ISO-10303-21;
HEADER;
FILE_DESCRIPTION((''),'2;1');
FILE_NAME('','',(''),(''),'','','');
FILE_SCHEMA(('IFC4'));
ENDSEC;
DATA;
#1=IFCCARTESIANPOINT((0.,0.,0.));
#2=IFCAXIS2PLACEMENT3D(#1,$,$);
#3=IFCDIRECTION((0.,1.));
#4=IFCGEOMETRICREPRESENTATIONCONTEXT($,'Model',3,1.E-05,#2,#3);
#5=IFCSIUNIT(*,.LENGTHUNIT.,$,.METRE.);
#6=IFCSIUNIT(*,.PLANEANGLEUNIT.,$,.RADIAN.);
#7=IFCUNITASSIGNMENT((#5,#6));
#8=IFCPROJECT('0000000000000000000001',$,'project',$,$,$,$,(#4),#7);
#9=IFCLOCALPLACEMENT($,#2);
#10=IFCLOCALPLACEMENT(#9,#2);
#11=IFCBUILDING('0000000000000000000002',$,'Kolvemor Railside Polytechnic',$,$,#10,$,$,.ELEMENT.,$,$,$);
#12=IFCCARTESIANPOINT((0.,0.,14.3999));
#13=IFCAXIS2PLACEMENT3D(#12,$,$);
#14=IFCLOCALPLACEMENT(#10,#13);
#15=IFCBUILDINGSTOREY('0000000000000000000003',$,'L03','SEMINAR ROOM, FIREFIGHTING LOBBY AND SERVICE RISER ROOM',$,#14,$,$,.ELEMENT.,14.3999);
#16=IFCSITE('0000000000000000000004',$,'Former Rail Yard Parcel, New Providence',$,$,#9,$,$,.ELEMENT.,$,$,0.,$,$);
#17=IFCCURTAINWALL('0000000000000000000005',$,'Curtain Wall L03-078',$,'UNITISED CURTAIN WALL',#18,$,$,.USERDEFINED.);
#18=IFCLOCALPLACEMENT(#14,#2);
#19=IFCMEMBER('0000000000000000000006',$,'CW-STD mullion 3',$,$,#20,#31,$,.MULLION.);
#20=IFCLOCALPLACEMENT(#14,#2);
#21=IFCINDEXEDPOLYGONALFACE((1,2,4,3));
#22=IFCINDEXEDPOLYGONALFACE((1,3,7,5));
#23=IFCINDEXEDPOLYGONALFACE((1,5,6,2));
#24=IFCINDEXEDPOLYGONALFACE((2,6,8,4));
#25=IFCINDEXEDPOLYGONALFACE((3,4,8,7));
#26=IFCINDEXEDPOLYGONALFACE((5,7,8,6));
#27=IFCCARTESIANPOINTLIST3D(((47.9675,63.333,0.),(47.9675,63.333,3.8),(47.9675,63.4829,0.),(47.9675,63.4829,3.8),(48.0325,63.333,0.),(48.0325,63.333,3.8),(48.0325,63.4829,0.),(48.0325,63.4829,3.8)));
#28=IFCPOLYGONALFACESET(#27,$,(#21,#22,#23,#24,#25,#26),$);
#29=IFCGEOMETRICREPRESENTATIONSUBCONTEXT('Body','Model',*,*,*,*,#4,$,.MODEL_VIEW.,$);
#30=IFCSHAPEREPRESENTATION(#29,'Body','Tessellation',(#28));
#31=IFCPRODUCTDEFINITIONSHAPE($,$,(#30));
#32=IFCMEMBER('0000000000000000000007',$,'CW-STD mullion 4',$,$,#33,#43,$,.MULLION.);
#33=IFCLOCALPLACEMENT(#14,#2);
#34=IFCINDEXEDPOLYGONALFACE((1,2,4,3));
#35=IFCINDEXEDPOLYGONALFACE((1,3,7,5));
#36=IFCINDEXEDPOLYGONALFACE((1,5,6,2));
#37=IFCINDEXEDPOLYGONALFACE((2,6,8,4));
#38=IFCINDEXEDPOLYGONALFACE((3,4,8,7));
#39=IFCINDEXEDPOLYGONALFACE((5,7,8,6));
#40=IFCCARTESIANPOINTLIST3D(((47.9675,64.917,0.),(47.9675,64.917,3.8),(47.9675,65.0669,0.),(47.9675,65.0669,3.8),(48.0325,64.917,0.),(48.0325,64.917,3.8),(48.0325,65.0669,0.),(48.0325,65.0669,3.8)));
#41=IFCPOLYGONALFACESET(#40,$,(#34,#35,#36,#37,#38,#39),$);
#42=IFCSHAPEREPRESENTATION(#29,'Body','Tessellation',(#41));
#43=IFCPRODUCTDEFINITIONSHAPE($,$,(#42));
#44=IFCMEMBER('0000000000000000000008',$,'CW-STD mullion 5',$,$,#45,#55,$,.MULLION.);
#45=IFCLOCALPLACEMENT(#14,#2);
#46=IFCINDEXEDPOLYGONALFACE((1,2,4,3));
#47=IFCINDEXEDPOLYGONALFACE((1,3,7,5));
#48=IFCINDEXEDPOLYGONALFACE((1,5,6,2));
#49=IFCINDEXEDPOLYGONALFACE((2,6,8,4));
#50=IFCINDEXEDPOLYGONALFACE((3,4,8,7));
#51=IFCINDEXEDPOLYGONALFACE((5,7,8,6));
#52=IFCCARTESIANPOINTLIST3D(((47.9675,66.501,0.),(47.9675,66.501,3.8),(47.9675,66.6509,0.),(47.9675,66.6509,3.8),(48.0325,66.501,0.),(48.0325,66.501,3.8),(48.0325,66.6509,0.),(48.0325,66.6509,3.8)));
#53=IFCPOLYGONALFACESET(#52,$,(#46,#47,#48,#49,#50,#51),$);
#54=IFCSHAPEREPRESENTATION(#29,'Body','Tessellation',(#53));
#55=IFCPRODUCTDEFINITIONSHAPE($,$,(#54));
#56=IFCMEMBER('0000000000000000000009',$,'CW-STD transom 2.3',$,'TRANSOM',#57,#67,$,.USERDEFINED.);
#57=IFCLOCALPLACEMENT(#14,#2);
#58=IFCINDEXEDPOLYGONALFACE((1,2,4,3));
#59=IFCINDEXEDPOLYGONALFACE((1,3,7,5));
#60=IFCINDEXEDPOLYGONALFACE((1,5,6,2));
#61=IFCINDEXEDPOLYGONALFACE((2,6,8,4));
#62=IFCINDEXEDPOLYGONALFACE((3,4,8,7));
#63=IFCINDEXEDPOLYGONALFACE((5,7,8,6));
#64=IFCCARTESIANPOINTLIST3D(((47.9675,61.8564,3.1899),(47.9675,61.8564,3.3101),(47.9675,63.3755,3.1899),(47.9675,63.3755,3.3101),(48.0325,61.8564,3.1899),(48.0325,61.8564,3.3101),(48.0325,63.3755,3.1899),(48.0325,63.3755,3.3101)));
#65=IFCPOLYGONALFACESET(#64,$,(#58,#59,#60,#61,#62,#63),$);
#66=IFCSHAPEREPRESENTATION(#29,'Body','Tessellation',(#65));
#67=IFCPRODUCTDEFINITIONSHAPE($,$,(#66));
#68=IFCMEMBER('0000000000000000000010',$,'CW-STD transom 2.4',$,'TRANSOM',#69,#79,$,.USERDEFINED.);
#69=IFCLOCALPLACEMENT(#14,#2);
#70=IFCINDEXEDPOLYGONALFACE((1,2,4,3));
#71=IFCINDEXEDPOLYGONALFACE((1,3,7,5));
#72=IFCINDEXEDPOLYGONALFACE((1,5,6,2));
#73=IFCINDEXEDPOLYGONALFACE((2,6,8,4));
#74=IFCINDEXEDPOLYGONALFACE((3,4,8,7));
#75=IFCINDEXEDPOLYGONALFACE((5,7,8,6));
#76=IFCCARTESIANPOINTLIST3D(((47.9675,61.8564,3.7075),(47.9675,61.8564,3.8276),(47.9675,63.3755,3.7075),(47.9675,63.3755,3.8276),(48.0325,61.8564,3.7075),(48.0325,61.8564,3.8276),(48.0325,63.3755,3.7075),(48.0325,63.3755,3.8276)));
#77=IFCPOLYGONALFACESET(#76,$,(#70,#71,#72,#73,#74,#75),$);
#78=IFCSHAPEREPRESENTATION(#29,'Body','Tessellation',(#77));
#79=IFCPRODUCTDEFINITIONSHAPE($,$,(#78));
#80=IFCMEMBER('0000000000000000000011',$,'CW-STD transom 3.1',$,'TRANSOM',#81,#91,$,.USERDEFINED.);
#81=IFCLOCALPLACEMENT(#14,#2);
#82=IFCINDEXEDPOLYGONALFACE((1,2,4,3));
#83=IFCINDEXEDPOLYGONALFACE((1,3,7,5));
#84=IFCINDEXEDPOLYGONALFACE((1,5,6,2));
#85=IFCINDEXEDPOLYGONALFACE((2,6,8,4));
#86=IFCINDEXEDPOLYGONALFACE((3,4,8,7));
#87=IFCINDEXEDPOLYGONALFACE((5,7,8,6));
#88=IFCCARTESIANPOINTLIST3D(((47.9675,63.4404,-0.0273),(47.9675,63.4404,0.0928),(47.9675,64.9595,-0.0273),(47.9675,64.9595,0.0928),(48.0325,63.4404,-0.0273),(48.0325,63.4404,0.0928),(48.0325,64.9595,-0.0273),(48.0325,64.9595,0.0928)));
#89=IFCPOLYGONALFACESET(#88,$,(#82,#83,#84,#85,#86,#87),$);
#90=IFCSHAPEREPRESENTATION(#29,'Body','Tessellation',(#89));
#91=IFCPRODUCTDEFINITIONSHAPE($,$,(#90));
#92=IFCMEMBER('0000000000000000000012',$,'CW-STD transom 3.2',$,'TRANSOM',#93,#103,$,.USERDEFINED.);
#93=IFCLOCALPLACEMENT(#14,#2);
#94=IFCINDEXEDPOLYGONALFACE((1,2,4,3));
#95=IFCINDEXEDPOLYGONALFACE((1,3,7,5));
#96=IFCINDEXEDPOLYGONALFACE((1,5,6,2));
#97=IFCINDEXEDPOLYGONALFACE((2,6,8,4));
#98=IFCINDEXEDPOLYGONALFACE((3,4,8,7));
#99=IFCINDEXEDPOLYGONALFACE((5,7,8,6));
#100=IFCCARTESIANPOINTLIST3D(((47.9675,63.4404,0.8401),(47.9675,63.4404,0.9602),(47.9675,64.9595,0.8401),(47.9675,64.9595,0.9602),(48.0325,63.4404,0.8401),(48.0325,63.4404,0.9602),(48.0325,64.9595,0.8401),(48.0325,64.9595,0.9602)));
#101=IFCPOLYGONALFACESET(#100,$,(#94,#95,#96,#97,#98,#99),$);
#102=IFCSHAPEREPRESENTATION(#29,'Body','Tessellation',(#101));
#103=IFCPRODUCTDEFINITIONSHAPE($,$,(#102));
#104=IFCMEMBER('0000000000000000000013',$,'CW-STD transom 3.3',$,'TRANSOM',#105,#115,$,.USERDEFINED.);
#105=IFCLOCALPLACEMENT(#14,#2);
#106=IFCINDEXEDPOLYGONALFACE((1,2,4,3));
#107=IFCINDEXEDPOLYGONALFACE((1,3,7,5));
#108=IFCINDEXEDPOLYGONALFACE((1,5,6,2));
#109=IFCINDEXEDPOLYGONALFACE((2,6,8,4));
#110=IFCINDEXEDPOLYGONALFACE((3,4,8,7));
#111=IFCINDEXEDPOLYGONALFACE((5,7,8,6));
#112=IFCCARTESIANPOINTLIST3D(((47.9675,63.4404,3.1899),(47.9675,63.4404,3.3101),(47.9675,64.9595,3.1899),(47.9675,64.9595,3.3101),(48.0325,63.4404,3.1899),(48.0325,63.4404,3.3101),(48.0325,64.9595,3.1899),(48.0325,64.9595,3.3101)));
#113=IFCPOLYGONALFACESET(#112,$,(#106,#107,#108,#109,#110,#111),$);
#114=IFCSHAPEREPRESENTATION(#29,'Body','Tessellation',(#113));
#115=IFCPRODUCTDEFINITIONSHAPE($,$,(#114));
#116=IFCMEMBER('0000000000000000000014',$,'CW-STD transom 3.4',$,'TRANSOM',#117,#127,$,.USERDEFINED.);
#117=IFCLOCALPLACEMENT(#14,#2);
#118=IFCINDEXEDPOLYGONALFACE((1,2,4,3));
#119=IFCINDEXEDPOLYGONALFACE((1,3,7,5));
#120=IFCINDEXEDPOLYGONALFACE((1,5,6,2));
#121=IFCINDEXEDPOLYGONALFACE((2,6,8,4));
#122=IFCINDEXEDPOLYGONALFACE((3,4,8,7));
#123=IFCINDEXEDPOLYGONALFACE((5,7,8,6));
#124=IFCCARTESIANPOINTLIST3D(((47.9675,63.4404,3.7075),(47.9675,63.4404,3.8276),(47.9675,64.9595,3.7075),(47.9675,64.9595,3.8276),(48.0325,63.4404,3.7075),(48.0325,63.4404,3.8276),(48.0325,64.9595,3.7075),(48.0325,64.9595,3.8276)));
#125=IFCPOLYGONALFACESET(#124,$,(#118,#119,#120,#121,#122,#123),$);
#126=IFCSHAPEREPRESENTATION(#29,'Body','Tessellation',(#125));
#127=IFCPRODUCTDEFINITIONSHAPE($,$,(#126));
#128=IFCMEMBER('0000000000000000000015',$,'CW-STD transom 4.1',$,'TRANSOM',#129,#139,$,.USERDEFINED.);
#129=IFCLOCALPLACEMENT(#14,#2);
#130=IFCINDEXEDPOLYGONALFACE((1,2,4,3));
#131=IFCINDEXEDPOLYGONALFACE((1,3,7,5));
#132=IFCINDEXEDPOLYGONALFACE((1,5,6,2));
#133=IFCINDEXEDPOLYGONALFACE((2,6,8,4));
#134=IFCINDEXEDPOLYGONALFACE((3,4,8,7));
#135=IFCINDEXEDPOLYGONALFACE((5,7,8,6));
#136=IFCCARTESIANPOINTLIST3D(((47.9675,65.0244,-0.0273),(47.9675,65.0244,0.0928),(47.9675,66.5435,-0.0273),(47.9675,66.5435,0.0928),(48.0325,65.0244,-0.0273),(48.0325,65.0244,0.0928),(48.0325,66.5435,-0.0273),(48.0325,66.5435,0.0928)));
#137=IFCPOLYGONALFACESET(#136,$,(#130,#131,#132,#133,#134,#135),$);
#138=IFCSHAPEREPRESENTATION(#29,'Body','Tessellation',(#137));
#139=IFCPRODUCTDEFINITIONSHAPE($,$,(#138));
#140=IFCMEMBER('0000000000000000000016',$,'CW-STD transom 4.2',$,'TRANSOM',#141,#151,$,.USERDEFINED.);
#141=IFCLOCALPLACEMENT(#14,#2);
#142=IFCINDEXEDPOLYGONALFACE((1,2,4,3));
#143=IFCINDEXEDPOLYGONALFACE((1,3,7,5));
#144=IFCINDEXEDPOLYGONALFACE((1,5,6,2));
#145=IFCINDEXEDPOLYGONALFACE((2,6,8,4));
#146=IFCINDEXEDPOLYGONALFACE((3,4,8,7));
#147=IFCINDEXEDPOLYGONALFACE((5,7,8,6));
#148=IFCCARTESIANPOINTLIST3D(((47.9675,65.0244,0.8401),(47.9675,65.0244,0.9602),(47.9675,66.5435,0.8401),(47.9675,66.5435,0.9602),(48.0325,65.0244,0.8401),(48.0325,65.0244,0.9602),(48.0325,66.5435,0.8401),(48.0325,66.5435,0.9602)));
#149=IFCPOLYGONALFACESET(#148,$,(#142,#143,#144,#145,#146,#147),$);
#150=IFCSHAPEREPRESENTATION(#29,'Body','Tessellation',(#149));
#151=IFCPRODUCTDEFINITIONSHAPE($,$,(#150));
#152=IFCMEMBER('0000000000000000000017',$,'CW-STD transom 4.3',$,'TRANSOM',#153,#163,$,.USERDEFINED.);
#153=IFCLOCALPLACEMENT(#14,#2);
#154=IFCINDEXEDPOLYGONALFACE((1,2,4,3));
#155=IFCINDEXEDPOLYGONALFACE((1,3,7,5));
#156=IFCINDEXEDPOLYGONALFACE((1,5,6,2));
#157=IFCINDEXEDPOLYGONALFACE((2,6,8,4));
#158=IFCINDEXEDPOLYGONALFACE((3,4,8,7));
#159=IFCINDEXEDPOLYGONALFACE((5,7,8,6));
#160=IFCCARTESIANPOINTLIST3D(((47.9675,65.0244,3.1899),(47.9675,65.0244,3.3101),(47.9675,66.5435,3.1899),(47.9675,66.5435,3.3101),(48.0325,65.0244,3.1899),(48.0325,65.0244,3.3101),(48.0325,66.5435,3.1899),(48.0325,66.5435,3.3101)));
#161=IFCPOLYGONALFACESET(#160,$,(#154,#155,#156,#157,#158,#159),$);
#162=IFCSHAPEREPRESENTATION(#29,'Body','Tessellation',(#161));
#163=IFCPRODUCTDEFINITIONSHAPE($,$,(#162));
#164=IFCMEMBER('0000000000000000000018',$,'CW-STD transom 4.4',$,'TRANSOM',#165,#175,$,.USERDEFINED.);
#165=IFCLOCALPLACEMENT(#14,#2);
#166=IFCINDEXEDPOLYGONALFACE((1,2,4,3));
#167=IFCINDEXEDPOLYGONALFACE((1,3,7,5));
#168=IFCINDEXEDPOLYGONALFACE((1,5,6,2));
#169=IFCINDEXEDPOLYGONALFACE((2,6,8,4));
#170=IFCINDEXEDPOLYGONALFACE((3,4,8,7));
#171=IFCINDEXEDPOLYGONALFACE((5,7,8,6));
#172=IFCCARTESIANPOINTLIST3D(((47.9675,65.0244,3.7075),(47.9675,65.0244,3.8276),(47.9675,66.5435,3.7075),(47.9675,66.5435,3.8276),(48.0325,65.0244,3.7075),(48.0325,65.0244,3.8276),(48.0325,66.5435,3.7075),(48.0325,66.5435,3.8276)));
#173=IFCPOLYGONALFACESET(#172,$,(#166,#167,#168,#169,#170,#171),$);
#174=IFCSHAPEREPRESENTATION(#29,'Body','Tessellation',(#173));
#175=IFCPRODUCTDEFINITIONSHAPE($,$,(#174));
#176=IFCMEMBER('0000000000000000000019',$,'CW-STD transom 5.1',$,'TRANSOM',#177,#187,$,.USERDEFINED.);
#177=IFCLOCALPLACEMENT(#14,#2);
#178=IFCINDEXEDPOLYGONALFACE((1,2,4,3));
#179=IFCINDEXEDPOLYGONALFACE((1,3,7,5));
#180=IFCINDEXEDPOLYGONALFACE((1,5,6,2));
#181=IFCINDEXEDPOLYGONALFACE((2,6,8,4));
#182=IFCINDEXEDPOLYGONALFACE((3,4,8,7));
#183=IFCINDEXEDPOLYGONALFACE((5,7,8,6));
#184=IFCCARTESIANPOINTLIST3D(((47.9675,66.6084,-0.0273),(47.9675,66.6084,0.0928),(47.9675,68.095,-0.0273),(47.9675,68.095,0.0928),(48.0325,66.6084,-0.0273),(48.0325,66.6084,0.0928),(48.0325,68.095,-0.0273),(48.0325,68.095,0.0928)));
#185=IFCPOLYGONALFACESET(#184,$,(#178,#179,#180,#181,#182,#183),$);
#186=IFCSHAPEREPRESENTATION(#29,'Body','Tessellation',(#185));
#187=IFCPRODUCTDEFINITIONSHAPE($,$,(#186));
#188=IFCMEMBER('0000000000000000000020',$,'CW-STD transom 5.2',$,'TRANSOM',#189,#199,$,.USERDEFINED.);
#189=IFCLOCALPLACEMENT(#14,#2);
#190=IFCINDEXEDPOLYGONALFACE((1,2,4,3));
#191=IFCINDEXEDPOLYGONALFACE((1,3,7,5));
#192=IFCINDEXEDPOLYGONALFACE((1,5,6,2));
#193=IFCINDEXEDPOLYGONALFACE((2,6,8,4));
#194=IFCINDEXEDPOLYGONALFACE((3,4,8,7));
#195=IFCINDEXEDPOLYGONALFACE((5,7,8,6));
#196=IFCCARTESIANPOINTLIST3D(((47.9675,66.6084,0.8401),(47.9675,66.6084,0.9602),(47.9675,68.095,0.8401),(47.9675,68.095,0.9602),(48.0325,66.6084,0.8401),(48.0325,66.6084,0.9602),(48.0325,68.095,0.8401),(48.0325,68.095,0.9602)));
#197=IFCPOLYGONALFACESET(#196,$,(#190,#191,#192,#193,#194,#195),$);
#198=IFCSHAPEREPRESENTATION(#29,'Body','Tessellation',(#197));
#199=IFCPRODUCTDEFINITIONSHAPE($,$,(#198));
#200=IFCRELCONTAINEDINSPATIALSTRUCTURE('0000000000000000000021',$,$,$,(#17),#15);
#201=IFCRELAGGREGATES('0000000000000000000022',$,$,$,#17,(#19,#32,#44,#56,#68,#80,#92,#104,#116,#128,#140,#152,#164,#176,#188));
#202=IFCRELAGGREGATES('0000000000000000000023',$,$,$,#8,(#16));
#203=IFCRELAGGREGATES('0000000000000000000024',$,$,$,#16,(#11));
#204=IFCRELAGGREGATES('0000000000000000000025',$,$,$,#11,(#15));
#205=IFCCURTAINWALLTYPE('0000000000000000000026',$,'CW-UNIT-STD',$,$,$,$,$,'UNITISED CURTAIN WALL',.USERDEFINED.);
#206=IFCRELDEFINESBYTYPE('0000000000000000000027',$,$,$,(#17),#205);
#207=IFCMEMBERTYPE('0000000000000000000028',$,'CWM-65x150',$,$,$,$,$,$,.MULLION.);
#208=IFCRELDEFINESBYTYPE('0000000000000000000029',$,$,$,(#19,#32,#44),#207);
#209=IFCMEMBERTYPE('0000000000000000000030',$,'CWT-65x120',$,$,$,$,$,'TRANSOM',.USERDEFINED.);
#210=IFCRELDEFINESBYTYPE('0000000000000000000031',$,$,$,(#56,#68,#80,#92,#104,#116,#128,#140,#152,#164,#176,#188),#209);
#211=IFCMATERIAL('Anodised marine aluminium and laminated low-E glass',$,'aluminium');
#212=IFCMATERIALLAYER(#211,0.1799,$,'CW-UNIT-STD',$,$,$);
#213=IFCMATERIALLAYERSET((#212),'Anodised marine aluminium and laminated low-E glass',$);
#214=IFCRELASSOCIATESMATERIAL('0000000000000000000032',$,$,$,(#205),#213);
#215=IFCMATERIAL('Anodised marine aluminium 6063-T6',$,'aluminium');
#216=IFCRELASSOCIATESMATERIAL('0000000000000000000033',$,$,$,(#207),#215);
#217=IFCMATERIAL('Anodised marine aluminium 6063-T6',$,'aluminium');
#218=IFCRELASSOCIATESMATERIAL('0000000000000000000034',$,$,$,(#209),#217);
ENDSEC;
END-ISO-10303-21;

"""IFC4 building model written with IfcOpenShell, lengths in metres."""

from ifc_helpers import new_model, si_unit, direction, frame, origin, origin_2d, place, context, subcontext, project, spatial, rectangle, extrude, material, layer, layer_set, material_profile, profile_set, type_object, element, aggregate, save


model = new_model("IFC4")

# Units and contexts
model_context = context("Model", 3, precision=1e-05, world=origin(), true_north=direction((0.0, 1.0)))
body_context = subcontext(model_context, "Body", "Model", "MODEL_VIEW")
ifc_project = project(units=[si_unit("LENGTHUNIT", "METRE"), si_unit("PLANEANGLEUNIT", "RADIAN")], contexts=[model_context])

# Site, building, storey
site_placement = place(None, origin())
site = spatial("IfcSite", under=ifc_project, at=site_placement, Name="Former Rail Yard Parcel, New Providence", CompositionType="ELEMENT", RefElevation=0.0)
building_placement = place(site_placement, origin())
building = spatial("IfcBuilding", under=site, at=building_placement, Name="Kolvemor Railside Polytechnic", CompositionType="ELEMENT")
storey_placement = place(building_placement, frame((0.0, 0.0, 14.3999)))
storey = spatial("IfcBuildingStorey", under=building, at=storey_placement, Name="L03", Description="SEMINAR ROOM, FIREFIGHTING LOBBY AND SERVICE RISER ROOM", CompositionType="ELEMENT", Elevation=14.3999)

# Curtain wall, members
ifc_material_1 = material(Name="Anodised marine aluminium and laminated low-E glass", Category="aluminium")
ifc_layer_1 = layer(ifc_material_1, 0.1799, Name="CW-UNIT-STD")
ifc_layer_set_1 = layer_set([ifc_layer_1], Name="Anodised marine aluminium and laminated low-E glass")
curtain_wall_type = type_object("IfcCurtainWallType", Name="CW-UNIT-STD", ElementType="UNITISED CURTAIN WALL", PredefinedType="USERDEFINED", material=ifc_layer_set_1)
curtain_wall_placement = place(storey_placement, origin())
curtain_wall = element("IfcCurtainWall", 1, at=curtain_wall_placement, inside=storey, type_object=curtain_wall_type, Name="Curtain Wall L03-078", ObjectType="UNITISED CURTAIN WALL", PredefinedType="USERDEFINED")
ifc_material_2 = material(Name="Anodised marine aluminium 6063-T6", Category="aluminium")
ifc_material_profile_1 = material_profile(ifc_material_2, rectangle(XDim=0.0649, YDim=0.1499, at=origin_2d()), Name="CW-MUL-65x150")
ifc_profile_set_1 = profile_set([ifc_material_profile_1], Name="Anodised marine aluminium 6063-T6")
member_type_1 = type_object("IfcMemberType", Name="CWM-65x150", PredefinedType="MULLION", material=ifc_profile_set_1)
member_1_placement = place(storey_placement, frame((48.0, 63.408, 0.0), z_axis=(0.0, 0.0, 1.0), x_axis=(-1.0, 0.0, 0.0)))
member_1 = element("IfcMember", 2, at=member_1_placement, type_object=member_type_1, Name="CW-STD mullion 3", PredefinedType="MULLION", context=body_context, shape_type="SweptSolid", body=[
    extrude(rectangle(XDim=0.0649, YDim=0.1499, at=origin_2d()), origin(), (0.0, 0.0, 1.0), 3.8),
])
member_2_placement = place(storey_placement, frame((48.0, 64.9919, 0.0), z_axis=(0.0, 0.0, 1.0), x_axis=(-1.0, 0.0, 0.0)))
member_2 = element("IfcMember", 3, at=member_2_placement, type_object=member_type_1, Name="CW-STD mullion 4", PredefinedType="MULLION", context=body_context, shape_type="SweptSolid", body=[
    extrude(rectangle(XDim=0.0649, YDim=0.1499, at=origin_2d()), origin(), (0.0, 0.0, 1.0), 3.8),
])
member_3_placement = place(storey_placement, frame((48.0, 66.5759, 0.0), z_axis=(0.0, 0.0, 1.0), x_axis=(-1.0, 0.0, 0.0)))
member_3 = element("IfcMember", 4, at=member_3_placement, type_object=member_type_1, Name="CW-STD mullion 5", PredefinedType="MULLION", context=body_context, shape_type="SweptSolid", body=[
    extrude(rectangle(XDim=0.0649, YDim=0.1499, at=origin_2d()), origin(), (0.0, 0.0, 1.0), 3.8),
])
ifc_material_3 = material(Name="Anodised marine aluminium 6063-T6", Category="aluminium")
ifc_material_profile_2 = material_profile(ifc_material_3, rectangle(XDim=0.0649, YDim=0.1201, at=origin_2d()), Name="CW-TRN-65x120")
ifc_profile_set_2 = profile_set([ifc_material_profile_2], Name="Anodised marine aluminium 6063-T6")
member_type_2 = type_object("IfcMemberType", Name="CWT-65x120", ElementType="TRANSOM", PredefinedType="USERDEFINED", material=ifc_profile_set_2)
member_4_placement = place(storey_placement, frame((48.0, 61.8564, 3.25), z_axis=(0.0, 1.0, 0.0), x_axis=(-1.0, 0.0, 0.0)))
member_4 = element("IfcMember", 5, at=member_4_placement, type_object=member_type_2, Name="CW-STD transom 2.3", ObjectType="TRANSOM", PredefinedType="USERDEFINED", context=body_context, shape_type="SweptSolid", body=[
    extrude(rectangle(XDim=0.0649, YDim=0.1201, at=origin_2d()), origin(), (0.0, 0.0, 1.0), 1.519),
])
member_5_placement = place(storey_placement, frame((48.0, 61.8564, 3.7676), z_axis=(0.0, 1.0, 0.0), x_axis=(-1.0, 0.0, 0.0)))
member_5 = element("IfcMember", 6, at=member_5_placement, type_object=member_type_2, Name="CW-STD transom 2.4", ObjectType="TRANSOM", PredefinedType="USERDEFINED", context=body_context, shape_type="SweptSolid", body=[
    extrude(rectangle(XDim=0.0649, YDim=0.1201, at=origin_2d()), origin(), (0.0, 0.0, 1.0), 1.519),
])
member_6_placement = place(storey_placement, frame((48.0, 63.4404, 0.0327), z_axis=(0.0, 1.0, 0.0), x_axis=(-1.0, 0.0, 0.0)))
member_6 = element("IfcMember", 7, at=member_6_placement, type_object=member_type_2, Name="CW-STD transom 3.1", ObjectType="TRANSOM", PredefinedType="USERDEFINED", context=body_context, shape_type="SweptSolid", body=[
    extrude(rectangle(XDim=0.0649, YDim=0.1201, at=origin_2d()), origin(), (0.0, 0.0, 1.0), 1.519),
])
member_7_placement = place(storey_placement, frame((48.0, 63.4404, 0.9001), z_axis=(0.0, 1.0, 0.0), x_axis=(-1.0, 0.0, 0.0)))
member_7 = element("IfcMember", 8, at=member_7_placement, type_object=member_type_2, Name="CW-STD transom 3.2", ObjectType="TRANSOM", PredefinedType="USERDEFINED", context=body_context, shape_type="SweptSolid", body=[
    extrude(rectangle(XDim=0.0649, YDim=0.1201, at=origin_2d()), origin(), (0.0, 0.0, 1.0), 1.519),
])
member_8_placement = place(storey_placement, frame((48.0, 63.4404, 3.25), z_axis=(0.0, 1.0, 0.0), x_axis=(-1.0, 0.0, 0.0)))
member_8 = element("IfcMember", 9, at=member_8_placement, type_object=member_type_2, Name="CW-STD transom 3.3", ObjectType="TRANSOM", PredefinedType="USERDEFINED", context=body_context, shape_type="SweptSolid", body=[
    extrude(rectangle(XDim=0.0649, YDim=0.1201, at=origin_2d()), origin(), (0.0, 0.0, 1.0), 1.519),
])
member_9_placement = place(storey_placement, frame((48.0, 63.4404, 3.7676), z_axis=(0.0, 1.0, 0.0), x_axis=(-1.0, 0.0, 0.0)))
member_9 = element("IfcMember", 10, at=member_9_placement, type_object=member_type_2, Name="CW-STD transom 3.4", ObjectType="TRANSOM", PredefinedType="USERDEFINED", context=body_context, shape_type="SweptSolid", body=[
    extrude(rectangle(XDim=0.0649, YDim=0.1201, at=origin_2d()), origin(), (0.0, 0.0, 1.0), 1.519),
])
member_10_placement = place(storey_placement, frame((48.0, 65.0244, 0.0327), z_axis=(0.0, 1.0, 0.0), x_axis=(-1.0, 0.0, 0.0)))
member_10 = element("IfcMember", 11, at=member_10_placement, type_object=member_type_2, Name="CW-STD transom 4.1", ObjectType="TRANSOM", PredefinedType="USERDEFINED", context=body_context, shape_type="SweptSolid", body=[
    extrude(rectangle(XDim=0.0649, YDim=0.1201, at=origin_2d()), origin(), (0.0, 0.0, 1.0), 1.519),
])
member_11_placement = place(storey_placement, frame((48.0, 65.0244, 0.9001), z_axis=(0.0, 1.0, 0.0), x_axis=(-1.0, 0.0, 0.0)))
member_11 = element("IfcMember", 12, at=member_11_placement, type_object=member_type_2, Name="CW-STD transom 4.2", ObjectType="TRANSOM", PredefinedType="USERDEFINED", context=body_context, shape_type="SweptSolid", body=[
    extrude(rectangle(XDim=0.0649, YDim=0.1201, at=origin_2d()), origin(), (0.0, 0.0, 1.0), 1.519),
])
member_12_placement = place(storey_placement, frame((48.0, 65.0244, 3.25), z_axis=(0.0, 1.0, 0.0), x_axis=(-1.0, 0.0, 0.0)))
member_12 = element("IfcMember", 13, at=member_12_placement, type_object=member_type_2, Name="CW-STD transom 4.3", ObjectType="TRANSOM", PredefinedType="USERDEFINED", context=body_context, shape_type="SweptSolid", body=[
    extrude(rectangle(XDim=0.0649, YDim=0.1201, at=origin_2d()), origin(), (0.0, 0.0, 1.0), 1.519),
])
member_13_placement = place(storey_placement, frame((48.0, 65.0244, 3.7676), z_axis=(0.0, 1.0, 0.0), x_axis=(-1.0, 0.0, 0.0)))
member_13 = element("IfcMember", 14, at=member_13_placement, type_object=member_type_2, Name="CW-STD transom 4.4", ObjectType="TRANSOM", PredefinedType="USERDEFINED", context=body_context, shape_type="SweptSolid", body=[
    extrude(rectangle(XDim=0.0649, YDim=0.1201, at=origin_2d()), origin(), (0.0, 0.0, 1.0), 1.519),
])
member_14_placement = place(storey_placement, frame((48.0, 66.6084, 0.0327), z_axis=(0.0, 1.0, 0.0), x_axis=(-1.0, 0.0, 0.0)))
member_14 = element("IfcMember", 15, at=member_14_placement, type_object=member_type_2, Name="CW-STD transom 5.1", ObjectType="TRANSOM", PredefinedType="USERDEFINED", context=body_context, shape_type="SweptSolid", body=[
    extrude(rectangle(XDim=0.0649, YDim=0.1201, at=origin_2d()), origin(), (0.0, 0.0, 1.0), 1.4866),
])
member_15_placement = place(storey_placement, frame((48.0, 66.6084, 0.9001), z_axis=(0.0, 1.0, 0.0), x_axis=(-1.0, 0.0, 0.0)))
member_15 = element("IfcMember", 16, at=member_15_placement, type_object=member_type_2, Name="CW-STD transom 5.2", ObjectType="TRANSOM", PredefinedType="USERDEFINED", context=body_context, shape_type="SweptSolid", body=[
    extrude(rectangle(XDim=0.0649, YDim=0.1201, at=origin_2d()), origin(), (0.0, 0.0, 1.0), 1.4866),
])
aggregate(curtain_wall, [member_1, member_2, member_3, member_4, member_5, member_6, member_7, member_8, member_9, member_10, member_11, member_12, member_13, member_14, member_15])

save(model, "model.ifc")
